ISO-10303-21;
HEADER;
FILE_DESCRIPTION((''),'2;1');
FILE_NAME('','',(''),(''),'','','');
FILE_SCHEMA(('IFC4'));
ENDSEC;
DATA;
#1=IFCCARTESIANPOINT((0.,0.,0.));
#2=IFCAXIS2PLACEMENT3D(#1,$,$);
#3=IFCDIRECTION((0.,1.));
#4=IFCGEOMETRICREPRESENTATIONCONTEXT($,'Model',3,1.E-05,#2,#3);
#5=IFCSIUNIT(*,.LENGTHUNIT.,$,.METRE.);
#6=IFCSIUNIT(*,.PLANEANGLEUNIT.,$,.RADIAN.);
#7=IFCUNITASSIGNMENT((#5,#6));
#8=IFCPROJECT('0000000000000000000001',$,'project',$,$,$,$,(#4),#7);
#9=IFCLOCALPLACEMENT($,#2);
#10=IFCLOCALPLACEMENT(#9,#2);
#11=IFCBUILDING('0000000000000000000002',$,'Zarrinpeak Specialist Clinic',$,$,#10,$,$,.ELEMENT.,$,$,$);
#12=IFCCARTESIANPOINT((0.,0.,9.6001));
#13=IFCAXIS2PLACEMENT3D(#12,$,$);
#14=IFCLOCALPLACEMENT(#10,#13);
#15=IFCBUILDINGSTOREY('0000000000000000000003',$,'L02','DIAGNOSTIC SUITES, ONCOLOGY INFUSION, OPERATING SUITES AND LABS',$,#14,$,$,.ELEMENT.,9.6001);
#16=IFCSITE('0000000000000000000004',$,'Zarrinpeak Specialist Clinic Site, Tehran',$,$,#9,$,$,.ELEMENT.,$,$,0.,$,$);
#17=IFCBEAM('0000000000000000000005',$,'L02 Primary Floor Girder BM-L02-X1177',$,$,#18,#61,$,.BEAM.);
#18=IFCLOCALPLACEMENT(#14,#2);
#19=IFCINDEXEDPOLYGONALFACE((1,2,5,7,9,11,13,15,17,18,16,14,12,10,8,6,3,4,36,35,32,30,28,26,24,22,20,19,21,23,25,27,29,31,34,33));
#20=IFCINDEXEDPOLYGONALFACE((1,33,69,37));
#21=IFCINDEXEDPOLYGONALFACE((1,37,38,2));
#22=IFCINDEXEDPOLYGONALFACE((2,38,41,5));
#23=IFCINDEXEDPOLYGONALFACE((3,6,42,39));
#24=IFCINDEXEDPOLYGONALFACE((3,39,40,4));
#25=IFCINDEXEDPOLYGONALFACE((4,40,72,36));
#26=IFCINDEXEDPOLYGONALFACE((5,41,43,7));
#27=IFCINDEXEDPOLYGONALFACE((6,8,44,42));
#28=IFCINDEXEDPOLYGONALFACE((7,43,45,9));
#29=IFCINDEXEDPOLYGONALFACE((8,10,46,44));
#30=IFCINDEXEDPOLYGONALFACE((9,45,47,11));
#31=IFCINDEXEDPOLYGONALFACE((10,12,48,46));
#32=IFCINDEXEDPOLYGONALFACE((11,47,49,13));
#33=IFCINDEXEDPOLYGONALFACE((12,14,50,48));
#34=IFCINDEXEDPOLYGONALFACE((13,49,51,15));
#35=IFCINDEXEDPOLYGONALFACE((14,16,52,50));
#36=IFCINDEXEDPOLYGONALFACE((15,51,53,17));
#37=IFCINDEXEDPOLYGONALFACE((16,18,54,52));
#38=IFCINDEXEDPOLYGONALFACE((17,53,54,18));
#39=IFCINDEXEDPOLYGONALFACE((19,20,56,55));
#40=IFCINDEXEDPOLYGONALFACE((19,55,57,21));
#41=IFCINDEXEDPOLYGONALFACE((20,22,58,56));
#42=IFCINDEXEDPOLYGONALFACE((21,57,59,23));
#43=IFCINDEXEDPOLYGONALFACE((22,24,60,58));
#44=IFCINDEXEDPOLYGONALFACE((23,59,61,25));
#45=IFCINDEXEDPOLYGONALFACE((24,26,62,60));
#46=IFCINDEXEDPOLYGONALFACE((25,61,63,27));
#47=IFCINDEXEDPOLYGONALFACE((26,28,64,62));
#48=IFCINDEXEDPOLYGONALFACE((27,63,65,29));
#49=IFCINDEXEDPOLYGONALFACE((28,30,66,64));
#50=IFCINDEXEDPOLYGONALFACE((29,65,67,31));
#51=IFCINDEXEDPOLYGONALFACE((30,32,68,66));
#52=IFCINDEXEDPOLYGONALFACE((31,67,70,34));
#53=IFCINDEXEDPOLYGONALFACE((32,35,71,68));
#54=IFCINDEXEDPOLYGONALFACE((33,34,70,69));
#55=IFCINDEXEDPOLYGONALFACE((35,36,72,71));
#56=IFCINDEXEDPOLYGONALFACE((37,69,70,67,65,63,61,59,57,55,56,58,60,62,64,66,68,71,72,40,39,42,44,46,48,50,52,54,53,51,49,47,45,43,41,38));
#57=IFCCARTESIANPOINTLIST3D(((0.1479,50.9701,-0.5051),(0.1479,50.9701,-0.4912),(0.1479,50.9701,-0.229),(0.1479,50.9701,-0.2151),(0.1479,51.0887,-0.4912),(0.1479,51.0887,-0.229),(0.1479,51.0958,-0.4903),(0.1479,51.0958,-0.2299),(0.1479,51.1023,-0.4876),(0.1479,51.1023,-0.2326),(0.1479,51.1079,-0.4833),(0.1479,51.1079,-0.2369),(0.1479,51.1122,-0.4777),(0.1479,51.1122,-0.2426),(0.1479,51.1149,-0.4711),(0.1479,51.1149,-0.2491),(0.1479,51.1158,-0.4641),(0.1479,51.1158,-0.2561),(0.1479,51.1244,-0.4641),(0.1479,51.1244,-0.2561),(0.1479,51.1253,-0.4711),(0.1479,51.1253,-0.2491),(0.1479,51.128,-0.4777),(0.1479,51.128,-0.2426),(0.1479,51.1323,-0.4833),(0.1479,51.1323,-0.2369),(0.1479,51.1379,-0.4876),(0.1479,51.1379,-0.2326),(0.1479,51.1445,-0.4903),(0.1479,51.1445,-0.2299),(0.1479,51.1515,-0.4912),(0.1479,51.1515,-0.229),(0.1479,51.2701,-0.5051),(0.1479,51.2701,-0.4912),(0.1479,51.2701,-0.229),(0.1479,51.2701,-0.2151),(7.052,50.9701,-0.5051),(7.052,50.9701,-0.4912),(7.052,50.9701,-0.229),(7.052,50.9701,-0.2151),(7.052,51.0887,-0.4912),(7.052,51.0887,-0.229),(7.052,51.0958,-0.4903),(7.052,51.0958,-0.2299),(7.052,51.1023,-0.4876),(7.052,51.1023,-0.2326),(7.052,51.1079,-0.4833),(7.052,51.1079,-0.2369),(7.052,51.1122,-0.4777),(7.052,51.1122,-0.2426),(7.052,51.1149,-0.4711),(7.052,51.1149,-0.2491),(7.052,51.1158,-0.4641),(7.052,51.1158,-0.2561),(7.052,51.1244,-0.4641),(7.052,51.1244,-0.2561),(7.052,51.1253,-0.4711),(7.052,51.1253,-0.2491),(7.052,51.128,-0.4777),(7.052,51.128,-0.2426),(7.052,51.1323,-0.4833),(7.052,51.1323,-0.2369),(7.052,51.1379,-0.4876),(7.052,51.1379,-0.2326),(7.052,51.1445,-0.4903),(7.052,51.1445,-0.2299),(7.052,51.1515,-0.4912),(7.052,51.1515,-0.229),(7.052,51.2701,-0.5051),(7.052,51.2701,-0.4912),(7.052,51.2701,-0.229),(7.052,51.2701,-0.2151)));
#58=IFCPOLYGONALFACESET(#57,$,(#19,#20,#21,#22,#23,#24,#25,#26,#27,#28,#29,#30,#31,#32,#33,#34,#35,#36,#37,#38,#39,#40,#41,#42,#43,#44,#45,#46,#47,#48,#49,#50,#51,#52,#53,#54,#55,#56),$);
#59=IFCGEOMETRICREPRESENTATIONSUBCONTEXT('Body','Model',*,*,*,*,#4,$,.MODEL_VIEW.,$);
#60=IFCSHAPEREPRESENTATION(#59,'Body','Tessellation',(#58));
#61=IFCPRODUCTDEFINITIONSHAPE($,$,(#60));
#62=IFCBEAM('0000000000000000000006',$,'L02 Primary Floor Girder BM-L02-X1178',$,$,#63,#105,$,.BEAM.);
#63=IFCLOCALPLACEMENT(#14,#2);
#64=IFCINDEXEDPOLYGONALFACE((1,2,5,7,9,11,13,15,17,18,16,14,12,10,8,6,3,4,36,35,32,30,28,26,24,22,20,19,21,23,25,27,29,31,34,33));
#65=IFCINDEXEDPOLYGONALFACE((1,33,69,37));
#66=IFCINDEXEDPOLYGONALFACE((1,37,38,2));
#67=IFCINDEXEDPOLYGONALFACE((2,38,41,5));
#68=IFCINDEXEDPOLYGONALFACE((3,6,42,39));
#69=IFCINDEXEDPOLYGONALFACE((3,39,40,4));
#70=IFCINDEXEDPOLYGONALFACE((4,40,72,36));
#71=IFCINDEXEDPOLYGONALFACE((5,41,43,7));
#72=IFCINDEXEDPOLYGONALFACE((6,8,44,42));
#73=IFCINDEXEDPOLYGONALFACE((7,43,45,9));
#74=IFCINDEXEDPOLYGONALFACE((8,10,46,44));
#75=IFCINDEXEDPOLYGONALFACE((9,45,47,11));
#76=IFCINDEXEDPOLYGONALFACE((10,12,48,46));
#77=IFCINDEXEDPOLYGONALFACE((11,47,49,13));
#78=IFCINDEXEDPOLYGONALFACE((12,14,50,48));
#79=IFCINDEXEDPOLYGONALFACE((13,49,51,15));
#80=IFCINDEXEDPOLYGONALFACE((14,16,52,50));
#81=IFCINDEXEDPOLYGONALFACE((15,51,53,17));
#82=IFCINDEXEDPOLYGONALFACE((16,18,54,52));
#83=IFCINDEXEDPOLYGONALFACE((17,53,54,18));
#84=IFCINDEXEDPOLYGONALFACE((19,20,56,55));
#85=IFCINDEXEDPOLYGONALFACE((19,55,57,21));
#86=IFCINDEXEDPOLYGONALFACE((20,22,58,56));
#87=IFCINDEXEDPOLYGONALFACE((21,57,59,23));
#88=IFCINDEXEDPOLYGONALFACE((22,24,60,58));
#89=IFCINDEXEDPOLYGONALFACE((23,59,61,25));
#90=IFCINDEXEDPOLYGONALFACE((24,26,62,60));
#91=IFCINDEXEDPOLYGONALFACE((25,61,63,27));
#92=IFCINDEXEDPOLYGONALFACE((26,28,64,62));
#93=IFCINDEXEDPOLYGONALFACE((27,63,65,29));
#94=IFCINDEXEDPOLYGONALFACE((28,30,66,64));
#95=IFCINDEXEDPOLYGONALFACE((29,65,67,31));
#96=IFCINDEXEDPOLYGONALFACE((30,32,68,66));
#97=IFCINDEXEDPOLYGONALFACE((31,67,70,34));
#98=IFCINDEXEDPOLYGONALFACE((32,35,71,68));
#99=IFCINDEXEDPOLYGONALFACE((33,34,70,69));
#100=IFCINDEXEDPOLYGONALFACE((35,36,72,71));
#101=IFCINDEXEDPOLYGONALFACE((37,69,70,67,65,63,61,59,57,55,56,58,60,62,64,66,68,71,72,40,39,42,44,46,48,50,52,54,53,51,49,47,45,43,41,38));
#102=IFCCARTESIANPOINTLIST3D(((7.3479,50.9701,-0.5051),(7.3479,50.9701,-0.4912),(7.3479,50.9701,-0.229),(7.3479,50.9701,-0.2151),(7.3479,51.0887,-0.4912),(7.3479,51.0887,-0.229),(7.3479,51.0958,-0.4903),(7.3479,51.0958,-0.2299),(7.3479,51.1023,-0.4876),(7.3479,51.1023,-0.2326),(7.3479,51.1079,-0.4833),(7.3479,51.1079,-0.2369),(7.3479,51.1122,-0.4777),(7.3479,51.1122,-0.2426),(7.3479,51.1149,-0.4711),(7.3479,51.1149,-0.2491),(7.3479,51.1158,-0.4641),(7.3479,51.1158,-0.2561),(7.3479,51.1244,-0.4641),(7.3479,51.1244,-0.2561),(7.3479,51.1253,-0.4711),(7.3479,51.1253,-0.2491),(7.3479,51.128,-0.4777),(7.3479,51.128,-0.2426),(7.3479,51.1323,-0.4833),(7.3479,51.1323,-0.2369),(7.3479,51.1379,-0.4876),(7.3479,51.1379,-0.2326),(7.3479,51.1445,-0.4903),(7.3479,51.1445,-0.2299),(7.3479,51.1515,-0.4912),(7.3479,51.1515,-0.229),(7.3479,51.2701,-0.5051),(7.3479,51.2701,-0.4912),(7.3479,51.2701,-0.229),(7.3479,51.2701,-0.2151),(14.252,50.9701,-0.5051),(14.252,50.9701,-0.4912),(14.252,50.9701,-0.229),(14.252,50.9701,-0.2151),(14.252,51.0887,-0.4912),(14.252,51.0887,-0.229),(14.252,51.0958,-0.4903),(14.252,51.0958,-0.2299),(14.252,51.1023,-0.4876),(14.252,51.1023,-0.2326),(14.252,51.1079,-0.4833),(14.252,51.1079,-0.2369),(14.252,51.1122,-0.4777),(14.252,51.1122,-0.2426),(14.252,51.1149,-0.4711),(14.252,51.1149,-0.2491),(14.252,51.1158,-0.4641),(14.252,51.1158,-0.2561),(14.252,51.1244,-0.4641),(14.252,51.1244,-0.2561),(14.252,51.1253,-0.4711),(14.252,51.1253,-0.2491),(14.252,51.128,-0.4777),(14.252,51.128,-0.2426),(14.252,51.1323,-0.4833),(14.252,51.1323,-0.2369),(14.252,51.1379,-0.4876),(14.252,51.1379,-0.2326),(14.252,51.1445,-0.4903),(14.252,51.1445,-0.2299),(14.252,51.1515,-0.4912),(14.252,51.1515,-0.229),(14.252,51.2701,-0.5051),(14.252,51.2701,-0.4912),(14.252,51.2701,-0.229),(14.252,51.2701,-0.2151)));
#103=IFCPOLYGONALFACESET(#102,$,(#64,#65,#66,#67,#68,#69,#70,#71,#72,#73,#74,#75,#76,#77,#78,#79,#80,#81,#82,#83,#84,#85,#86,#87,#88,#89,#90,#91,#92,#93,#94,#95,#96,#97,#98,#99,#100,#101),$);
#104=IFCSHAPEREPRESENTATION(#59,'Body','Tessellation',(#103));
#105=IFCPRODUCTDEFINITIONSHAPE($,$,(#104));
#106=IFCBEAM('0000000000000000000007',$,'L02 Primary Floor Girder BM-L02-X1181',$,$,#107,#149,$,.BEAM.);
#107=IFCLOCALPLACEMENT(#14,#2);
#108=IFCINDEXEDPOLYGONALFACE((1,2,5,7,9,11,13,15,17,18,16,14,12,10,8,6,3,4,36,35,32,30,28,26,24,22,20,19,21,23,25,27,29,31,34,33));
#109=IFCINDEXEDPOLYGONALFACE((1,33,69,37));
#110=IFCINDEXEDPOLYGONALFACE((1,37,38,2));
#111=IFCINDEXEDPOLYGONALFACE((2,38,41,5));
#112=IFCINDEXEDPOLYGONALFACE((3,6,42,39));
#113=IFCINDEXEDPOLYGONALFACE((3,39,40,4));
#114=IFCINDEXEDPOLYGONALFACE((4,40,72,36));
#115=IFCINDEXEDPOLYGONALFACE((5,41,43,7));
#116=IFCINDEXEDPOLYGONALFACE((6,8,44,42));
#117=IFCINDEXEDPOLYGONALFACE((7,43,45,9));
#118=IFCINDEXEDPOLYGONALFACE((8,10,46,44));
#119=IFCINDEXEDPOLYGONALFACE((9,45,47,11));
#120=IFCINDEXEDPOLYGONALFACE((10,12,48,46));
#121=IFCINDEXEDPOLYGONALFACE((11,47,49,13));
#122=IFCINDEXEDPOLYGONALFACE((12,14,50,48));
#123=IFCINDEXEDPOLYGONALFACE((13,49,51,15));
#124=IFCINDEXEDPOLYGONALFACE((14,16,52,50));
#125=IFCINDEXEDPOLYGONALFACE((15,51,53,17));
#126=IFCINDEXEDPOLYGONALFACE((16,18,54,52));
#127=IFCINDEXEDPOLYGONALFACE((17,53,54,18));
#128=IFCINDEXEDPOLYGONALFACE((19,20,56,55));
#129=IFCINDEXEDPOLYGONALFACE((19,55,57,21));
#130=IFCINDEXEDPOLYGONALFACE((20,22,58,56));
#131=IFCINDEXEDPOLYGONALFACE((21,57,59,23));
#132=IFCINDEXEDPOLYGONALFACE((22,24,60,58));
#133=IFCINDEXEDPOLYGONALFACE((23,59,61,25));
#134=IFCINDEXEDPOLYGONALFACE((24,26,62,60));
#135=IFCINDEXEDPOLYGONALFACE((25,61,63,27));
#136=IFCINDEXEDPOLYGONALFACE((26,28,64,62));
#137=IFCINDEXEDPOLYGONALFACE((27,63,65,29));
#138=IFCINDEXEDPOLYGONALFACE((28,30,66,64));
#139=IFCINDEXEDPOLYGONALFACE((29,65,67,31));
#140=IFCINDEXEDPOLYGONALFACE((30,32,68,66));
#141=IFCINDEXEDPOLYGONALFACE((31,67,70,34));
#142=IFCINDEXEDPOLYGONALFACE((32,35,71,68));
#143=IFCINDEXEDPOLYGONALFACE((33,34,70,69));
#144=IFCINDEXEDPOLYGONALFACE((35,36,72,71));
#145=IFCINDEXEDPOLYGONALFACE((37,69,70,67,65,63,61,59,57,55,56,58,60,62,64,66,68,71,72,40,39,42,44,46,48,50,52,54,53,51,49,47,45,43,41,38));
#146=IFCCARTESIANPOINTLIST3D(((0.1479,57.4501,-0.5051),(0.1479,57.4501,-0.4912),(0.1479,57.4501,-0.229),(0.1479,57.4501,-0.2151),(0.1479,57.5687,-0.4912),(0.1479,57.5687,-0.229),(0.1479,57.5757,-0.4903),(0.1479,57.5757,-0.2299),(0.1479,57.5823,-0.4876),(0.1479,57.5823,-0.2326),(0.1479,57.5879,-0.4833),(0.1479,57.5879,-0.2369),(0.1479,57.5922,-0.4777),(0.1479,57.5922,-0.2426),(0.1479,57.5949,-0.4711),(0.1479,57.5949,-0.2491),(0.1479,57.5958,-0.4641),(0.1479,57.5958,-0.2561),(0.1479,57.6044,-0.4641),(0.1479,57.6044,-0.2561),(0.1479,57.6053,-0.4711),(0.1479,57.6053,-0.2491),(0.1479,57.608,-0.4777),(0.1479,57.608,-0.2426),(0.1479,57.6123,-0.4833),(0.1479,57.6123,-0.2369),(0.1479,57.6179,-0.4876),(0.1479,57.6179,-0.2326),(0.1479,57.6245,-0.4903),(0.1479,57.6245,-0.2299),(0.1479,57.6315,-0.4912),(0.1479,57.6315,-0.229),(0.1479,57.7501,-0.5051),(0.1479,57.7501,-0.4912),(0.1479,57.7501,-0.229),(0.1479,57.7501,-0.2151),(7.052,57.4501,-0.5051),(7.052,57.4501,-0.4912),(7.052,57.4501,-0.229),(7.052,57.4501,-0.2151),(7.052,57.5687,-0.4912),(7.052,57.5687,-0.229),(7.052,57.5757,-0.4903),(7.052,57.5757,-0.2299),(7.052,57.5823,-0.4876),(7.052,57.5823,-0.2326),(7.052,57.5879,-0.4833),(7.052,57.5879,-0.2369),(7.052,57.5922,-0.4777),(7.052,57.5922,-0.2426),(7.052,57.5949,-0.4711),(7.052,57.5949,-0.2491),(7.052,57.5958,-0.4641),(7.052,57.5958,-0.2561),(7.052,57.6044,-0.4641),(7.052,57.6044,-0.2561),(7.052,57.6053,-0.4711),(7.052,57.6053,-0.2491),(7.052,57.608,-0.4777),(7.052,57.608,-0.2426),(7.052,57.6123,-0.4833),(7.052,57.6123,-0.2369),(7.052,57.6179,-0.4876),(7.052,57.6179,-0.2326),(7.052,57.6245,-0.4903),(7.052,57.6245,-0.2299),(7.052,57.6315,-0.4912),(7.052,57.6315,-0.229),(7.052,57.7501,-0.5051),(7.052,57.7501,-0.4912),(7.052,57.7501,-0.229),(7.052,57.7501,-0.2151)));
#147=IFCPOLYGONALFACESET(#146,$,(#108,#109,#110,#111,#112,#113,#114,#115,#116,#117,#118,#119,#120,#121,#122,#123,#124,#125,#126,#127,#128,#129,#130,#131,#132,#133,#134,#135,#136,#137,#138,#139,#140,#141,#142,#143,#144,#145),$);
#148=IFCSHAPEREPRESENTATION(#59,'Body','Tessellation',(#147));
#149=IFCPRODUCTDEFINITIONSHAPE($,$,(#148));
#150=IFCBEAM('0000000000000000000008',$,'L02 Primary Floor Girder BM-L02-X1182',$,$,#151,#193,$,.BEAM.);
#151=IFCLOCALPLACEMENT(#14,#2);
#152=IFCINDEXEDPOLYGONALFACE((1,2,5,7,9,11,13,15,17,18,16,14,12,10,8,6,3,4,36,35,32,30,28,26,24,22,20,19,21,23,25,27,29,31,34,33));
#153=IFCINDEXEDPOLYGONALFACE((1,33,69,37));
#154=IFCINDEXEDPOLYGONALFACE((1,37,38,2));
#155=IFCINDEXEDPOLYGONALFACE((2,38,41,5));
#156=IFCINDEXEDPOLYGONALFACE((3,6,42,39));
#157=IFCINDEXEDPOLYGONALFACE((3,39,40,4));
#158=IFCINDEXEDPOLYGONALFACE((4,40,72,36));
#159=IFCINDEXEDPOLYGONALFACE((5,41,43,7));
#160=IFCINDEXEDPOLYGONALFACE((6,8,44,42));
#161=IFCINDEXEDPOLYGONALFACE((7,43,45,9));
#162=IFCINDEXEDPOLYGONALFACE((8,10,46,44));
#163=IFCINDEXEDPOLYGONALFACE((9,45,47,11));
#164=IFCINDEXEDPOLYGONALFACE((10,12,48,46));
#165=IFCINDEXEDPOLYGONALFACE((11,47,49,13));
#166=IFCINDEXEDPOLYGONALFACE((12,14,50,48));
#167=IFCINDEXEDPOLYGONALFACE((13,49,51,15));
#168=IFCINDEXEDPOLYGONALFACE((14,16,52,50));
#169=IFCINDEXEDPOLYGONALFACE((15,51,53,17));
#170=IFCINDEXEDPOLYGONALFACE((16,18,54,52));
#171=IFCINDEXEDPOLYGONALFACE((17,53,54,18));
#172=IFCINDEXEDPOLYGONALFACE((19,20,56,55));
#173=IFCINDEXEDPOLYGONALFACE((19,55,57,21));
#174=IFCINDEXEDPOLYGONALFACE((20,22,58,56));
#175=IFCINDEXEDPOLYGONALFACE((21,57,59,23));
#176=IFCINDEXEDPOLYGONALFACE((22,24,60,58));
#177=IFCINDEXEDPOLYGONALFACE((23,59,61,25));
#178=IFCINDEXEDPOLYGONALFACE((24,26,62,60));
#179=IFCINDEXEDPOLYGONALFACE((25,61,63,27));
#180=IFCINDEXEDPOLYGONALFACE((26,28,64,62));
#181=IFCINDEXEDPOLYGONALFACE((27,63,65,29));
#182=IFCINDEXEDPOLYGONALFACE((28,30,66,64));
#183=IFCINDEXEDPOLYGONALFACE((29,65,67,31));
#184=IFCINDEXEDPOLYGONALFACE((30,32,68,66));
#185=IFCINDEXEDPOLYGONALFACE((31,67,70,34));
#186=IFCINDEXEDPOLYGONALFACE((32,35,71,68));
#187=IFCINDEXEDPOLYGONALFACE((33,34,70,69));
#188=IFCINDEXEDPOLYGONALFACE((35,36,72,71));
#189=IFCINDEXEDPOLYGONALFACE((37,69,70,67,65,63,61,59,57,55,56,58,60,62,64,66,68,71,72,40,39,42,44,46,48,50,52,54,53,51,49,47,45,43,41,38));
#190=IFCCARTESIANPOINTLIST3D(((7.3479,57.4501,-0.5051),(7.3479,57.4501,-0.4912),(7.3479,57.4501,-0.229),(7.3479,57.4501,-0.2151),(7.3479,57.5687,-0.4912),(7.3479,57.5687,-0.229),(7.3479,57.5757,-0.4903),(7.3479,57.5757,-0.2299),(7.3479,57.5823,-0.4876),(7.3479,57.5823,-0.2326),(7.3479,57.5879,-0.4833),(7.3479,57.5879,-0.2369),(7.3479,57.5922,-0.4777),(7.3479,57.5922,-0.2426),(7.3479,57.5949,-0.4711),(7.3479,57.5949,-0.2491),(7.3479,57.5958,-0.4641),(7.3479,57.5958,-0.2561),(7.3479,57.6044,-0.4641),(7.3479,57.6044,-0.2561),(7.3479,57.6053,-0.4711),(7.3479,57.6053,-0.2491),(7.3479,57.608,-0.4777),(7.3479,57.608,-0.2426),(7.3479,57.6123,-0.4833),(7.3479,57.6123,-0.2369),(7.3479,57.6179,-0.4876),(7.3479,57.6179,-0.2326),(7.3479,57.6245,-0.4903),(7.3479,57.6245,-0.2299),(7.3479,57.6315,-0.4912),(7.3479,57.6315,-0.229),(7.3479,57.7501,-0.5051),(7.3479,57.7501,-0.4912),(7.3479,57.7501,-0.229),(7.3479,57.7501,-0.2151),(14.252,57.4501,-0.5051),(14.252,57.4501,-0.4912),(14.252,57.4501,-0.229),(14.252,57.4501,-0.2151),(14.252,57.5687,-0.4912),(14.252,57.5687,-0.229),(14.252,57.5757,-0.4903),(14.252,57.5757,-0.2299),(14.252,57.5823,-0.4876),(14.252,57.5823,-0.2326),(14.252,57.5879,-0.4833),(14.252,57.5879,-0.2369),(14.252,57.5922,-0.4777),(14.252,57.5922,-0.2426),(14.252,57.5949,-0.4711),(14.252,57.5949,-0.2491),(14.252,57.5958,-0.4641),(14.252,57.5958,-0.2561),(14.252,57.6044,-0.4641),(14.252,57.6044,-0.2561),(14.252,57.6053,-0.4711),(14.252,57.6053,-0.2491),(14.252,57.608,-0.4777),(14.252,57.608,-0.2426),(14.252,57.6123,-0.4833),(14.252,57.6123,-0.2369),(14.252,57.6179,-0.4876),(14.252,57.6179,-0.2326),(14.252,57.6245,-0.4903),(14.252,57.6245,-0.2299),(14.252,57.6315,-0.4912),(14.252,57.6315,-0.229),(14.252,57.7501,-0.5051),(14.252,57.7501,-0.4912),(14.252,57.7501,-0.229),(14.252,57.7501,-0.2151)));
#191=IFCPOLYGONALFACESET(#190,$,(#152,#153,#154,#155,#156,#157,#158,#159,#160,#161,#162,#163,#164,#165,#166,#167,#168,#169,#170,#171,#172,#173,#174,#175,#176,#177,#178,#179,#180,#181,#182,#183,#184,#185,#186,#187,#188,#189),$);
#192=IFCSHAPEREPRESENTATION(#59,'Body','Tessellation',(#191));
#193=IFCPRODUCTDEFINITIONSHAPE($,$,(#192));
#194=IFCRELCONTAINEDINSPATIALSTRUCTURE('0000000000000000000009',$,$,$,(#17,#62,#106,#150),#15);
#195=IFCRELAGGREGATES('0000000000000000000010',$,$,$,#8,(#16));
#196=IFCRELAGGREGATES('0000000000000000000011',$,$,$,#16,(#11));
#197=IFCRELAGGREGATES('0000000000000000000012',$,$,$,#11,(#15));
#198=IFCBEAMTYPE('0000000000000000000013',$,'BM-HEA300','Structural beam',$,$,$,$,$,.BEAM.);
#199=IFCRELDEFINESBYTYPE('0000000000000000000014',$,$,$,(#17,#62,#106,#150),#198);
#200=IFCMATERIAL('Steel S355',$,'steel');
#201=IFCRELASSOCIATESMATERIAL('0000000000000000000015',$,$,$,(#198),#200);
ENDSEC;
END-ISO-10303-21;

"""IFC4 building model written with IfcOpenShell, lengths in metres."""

from ifc_helpers import new_model, si_unit, direction, frame, origin, origin_2d, place, context, subcontext, project, spatial, i_section, extrude, material, material_profile, profile_set, type_object, element, save


model = new_model("IFC4")

# Units and contexts
model_context = context("Model", 3, precision=1e-05, world=origin(), true_north=direction((0.0, 1.0)))
body_context = subcontext(model_context, "Body", "Model", "MODEL_VIEW")
ifc_project = project(units=[si_unit("LENGTHUNIT", "METRE"), si_unit("PLANEANGLEUNIT", "RADIAN")], contexts=[model_context])

# Site, building, storey
site_placement = place(None, origin())
site = spatial("IfcSite", under=ifc_project, at=site_placement, Name="Zarrinpeak Specialist Clinic Site, Tehran", CompositionType="ELEMENT", RefElevation=0.0)
building_placement = place(site_placement, origin())
building = spatial("IfcBuilding", under=site, at=building_placement, Name="Zarrinpeak Specialist Clinic", CompositionType="ELEMENT")
storey_placement = place(building_placement, frame((0.0, 0.0, 9.6001)))
storey = spatial("IfcBuildingStorey", under=building, at=storey_placement, Name="L02", Description="DIAGNOSTIC SUITES, ONCOLOGY INFUSION, OPERATING SUITES AND LABS", CompositionType="ELEMENT", Elevation=9.6001)

# Shared definitions
ifc_material_1 = material(Name="Steel S355", Category="steel")

# Beams
ifc_material_profile_1 = material_profile(ifc_material_1, i_section(OverallWidth=0.3, OverallDepth=0.29, WebThickness=0.0085, FlangeThickness=0.0139, FilletRadius=0.0271, at=origin_2d()), Name="HEA 300")
ifc_profile_set_1 = profile_set([ifc_material_profile_1], Name="Steel S355")
beam_type_1 = type_object("IfcBeamType", Name="BM-HEA300", Description="Structural beam", PredefinedType="BEAM", material=ifc_profile_set_1)
for number, where, z_axis, x_axis, name in (
    (1, (0.1479, 51.1201, -0.3601), (1.0, 0.0, 0.0), (0.0, 1.0, 0.0), "L02 Primary Floor Girder BM-L02-X1177"),
    (2, (7.3479, 51.1201, -0.3601), (1.0, 0.0, 0.0), (0.0, 1.0, 0.0), "L02 Primary Floor Girder BM-L02-X1178"),
    (3, (0.1479, 57.6001, -0.3601), (1.0, 0.0, 0.0), (0.0, 1.0, 0.0), "L02 Primary Floor Girder BM-L02-X1181"),
    (4, (7.3479, 57.6001, -0.3601), (1.0, 0.0, 0.0), (0.0, 1.0, 0.0), "L02 Primary Floor Girder BM-L02-X1182"),
):
    element("IfcBeam", number, at=place(storey_placement, frame(where, z_axis=z_axis, x_axis=x_axis)), inside=storey, type_object=beam_type_1, Name=name, PredefinedType="BEAM", context=body_context, shape_type="SweptSolid", body=[
        extrude(i_section(OverallWidth=0.3, OverallDepth=0.29, WebThickness=0.0085, FlangeThickness=0.0139, FilletRadius=0.0271, at=origin_2d()), origin(), (0.0, 0.0, 1.0), 6.9041),
    ])

save(model, "model.ifc")
